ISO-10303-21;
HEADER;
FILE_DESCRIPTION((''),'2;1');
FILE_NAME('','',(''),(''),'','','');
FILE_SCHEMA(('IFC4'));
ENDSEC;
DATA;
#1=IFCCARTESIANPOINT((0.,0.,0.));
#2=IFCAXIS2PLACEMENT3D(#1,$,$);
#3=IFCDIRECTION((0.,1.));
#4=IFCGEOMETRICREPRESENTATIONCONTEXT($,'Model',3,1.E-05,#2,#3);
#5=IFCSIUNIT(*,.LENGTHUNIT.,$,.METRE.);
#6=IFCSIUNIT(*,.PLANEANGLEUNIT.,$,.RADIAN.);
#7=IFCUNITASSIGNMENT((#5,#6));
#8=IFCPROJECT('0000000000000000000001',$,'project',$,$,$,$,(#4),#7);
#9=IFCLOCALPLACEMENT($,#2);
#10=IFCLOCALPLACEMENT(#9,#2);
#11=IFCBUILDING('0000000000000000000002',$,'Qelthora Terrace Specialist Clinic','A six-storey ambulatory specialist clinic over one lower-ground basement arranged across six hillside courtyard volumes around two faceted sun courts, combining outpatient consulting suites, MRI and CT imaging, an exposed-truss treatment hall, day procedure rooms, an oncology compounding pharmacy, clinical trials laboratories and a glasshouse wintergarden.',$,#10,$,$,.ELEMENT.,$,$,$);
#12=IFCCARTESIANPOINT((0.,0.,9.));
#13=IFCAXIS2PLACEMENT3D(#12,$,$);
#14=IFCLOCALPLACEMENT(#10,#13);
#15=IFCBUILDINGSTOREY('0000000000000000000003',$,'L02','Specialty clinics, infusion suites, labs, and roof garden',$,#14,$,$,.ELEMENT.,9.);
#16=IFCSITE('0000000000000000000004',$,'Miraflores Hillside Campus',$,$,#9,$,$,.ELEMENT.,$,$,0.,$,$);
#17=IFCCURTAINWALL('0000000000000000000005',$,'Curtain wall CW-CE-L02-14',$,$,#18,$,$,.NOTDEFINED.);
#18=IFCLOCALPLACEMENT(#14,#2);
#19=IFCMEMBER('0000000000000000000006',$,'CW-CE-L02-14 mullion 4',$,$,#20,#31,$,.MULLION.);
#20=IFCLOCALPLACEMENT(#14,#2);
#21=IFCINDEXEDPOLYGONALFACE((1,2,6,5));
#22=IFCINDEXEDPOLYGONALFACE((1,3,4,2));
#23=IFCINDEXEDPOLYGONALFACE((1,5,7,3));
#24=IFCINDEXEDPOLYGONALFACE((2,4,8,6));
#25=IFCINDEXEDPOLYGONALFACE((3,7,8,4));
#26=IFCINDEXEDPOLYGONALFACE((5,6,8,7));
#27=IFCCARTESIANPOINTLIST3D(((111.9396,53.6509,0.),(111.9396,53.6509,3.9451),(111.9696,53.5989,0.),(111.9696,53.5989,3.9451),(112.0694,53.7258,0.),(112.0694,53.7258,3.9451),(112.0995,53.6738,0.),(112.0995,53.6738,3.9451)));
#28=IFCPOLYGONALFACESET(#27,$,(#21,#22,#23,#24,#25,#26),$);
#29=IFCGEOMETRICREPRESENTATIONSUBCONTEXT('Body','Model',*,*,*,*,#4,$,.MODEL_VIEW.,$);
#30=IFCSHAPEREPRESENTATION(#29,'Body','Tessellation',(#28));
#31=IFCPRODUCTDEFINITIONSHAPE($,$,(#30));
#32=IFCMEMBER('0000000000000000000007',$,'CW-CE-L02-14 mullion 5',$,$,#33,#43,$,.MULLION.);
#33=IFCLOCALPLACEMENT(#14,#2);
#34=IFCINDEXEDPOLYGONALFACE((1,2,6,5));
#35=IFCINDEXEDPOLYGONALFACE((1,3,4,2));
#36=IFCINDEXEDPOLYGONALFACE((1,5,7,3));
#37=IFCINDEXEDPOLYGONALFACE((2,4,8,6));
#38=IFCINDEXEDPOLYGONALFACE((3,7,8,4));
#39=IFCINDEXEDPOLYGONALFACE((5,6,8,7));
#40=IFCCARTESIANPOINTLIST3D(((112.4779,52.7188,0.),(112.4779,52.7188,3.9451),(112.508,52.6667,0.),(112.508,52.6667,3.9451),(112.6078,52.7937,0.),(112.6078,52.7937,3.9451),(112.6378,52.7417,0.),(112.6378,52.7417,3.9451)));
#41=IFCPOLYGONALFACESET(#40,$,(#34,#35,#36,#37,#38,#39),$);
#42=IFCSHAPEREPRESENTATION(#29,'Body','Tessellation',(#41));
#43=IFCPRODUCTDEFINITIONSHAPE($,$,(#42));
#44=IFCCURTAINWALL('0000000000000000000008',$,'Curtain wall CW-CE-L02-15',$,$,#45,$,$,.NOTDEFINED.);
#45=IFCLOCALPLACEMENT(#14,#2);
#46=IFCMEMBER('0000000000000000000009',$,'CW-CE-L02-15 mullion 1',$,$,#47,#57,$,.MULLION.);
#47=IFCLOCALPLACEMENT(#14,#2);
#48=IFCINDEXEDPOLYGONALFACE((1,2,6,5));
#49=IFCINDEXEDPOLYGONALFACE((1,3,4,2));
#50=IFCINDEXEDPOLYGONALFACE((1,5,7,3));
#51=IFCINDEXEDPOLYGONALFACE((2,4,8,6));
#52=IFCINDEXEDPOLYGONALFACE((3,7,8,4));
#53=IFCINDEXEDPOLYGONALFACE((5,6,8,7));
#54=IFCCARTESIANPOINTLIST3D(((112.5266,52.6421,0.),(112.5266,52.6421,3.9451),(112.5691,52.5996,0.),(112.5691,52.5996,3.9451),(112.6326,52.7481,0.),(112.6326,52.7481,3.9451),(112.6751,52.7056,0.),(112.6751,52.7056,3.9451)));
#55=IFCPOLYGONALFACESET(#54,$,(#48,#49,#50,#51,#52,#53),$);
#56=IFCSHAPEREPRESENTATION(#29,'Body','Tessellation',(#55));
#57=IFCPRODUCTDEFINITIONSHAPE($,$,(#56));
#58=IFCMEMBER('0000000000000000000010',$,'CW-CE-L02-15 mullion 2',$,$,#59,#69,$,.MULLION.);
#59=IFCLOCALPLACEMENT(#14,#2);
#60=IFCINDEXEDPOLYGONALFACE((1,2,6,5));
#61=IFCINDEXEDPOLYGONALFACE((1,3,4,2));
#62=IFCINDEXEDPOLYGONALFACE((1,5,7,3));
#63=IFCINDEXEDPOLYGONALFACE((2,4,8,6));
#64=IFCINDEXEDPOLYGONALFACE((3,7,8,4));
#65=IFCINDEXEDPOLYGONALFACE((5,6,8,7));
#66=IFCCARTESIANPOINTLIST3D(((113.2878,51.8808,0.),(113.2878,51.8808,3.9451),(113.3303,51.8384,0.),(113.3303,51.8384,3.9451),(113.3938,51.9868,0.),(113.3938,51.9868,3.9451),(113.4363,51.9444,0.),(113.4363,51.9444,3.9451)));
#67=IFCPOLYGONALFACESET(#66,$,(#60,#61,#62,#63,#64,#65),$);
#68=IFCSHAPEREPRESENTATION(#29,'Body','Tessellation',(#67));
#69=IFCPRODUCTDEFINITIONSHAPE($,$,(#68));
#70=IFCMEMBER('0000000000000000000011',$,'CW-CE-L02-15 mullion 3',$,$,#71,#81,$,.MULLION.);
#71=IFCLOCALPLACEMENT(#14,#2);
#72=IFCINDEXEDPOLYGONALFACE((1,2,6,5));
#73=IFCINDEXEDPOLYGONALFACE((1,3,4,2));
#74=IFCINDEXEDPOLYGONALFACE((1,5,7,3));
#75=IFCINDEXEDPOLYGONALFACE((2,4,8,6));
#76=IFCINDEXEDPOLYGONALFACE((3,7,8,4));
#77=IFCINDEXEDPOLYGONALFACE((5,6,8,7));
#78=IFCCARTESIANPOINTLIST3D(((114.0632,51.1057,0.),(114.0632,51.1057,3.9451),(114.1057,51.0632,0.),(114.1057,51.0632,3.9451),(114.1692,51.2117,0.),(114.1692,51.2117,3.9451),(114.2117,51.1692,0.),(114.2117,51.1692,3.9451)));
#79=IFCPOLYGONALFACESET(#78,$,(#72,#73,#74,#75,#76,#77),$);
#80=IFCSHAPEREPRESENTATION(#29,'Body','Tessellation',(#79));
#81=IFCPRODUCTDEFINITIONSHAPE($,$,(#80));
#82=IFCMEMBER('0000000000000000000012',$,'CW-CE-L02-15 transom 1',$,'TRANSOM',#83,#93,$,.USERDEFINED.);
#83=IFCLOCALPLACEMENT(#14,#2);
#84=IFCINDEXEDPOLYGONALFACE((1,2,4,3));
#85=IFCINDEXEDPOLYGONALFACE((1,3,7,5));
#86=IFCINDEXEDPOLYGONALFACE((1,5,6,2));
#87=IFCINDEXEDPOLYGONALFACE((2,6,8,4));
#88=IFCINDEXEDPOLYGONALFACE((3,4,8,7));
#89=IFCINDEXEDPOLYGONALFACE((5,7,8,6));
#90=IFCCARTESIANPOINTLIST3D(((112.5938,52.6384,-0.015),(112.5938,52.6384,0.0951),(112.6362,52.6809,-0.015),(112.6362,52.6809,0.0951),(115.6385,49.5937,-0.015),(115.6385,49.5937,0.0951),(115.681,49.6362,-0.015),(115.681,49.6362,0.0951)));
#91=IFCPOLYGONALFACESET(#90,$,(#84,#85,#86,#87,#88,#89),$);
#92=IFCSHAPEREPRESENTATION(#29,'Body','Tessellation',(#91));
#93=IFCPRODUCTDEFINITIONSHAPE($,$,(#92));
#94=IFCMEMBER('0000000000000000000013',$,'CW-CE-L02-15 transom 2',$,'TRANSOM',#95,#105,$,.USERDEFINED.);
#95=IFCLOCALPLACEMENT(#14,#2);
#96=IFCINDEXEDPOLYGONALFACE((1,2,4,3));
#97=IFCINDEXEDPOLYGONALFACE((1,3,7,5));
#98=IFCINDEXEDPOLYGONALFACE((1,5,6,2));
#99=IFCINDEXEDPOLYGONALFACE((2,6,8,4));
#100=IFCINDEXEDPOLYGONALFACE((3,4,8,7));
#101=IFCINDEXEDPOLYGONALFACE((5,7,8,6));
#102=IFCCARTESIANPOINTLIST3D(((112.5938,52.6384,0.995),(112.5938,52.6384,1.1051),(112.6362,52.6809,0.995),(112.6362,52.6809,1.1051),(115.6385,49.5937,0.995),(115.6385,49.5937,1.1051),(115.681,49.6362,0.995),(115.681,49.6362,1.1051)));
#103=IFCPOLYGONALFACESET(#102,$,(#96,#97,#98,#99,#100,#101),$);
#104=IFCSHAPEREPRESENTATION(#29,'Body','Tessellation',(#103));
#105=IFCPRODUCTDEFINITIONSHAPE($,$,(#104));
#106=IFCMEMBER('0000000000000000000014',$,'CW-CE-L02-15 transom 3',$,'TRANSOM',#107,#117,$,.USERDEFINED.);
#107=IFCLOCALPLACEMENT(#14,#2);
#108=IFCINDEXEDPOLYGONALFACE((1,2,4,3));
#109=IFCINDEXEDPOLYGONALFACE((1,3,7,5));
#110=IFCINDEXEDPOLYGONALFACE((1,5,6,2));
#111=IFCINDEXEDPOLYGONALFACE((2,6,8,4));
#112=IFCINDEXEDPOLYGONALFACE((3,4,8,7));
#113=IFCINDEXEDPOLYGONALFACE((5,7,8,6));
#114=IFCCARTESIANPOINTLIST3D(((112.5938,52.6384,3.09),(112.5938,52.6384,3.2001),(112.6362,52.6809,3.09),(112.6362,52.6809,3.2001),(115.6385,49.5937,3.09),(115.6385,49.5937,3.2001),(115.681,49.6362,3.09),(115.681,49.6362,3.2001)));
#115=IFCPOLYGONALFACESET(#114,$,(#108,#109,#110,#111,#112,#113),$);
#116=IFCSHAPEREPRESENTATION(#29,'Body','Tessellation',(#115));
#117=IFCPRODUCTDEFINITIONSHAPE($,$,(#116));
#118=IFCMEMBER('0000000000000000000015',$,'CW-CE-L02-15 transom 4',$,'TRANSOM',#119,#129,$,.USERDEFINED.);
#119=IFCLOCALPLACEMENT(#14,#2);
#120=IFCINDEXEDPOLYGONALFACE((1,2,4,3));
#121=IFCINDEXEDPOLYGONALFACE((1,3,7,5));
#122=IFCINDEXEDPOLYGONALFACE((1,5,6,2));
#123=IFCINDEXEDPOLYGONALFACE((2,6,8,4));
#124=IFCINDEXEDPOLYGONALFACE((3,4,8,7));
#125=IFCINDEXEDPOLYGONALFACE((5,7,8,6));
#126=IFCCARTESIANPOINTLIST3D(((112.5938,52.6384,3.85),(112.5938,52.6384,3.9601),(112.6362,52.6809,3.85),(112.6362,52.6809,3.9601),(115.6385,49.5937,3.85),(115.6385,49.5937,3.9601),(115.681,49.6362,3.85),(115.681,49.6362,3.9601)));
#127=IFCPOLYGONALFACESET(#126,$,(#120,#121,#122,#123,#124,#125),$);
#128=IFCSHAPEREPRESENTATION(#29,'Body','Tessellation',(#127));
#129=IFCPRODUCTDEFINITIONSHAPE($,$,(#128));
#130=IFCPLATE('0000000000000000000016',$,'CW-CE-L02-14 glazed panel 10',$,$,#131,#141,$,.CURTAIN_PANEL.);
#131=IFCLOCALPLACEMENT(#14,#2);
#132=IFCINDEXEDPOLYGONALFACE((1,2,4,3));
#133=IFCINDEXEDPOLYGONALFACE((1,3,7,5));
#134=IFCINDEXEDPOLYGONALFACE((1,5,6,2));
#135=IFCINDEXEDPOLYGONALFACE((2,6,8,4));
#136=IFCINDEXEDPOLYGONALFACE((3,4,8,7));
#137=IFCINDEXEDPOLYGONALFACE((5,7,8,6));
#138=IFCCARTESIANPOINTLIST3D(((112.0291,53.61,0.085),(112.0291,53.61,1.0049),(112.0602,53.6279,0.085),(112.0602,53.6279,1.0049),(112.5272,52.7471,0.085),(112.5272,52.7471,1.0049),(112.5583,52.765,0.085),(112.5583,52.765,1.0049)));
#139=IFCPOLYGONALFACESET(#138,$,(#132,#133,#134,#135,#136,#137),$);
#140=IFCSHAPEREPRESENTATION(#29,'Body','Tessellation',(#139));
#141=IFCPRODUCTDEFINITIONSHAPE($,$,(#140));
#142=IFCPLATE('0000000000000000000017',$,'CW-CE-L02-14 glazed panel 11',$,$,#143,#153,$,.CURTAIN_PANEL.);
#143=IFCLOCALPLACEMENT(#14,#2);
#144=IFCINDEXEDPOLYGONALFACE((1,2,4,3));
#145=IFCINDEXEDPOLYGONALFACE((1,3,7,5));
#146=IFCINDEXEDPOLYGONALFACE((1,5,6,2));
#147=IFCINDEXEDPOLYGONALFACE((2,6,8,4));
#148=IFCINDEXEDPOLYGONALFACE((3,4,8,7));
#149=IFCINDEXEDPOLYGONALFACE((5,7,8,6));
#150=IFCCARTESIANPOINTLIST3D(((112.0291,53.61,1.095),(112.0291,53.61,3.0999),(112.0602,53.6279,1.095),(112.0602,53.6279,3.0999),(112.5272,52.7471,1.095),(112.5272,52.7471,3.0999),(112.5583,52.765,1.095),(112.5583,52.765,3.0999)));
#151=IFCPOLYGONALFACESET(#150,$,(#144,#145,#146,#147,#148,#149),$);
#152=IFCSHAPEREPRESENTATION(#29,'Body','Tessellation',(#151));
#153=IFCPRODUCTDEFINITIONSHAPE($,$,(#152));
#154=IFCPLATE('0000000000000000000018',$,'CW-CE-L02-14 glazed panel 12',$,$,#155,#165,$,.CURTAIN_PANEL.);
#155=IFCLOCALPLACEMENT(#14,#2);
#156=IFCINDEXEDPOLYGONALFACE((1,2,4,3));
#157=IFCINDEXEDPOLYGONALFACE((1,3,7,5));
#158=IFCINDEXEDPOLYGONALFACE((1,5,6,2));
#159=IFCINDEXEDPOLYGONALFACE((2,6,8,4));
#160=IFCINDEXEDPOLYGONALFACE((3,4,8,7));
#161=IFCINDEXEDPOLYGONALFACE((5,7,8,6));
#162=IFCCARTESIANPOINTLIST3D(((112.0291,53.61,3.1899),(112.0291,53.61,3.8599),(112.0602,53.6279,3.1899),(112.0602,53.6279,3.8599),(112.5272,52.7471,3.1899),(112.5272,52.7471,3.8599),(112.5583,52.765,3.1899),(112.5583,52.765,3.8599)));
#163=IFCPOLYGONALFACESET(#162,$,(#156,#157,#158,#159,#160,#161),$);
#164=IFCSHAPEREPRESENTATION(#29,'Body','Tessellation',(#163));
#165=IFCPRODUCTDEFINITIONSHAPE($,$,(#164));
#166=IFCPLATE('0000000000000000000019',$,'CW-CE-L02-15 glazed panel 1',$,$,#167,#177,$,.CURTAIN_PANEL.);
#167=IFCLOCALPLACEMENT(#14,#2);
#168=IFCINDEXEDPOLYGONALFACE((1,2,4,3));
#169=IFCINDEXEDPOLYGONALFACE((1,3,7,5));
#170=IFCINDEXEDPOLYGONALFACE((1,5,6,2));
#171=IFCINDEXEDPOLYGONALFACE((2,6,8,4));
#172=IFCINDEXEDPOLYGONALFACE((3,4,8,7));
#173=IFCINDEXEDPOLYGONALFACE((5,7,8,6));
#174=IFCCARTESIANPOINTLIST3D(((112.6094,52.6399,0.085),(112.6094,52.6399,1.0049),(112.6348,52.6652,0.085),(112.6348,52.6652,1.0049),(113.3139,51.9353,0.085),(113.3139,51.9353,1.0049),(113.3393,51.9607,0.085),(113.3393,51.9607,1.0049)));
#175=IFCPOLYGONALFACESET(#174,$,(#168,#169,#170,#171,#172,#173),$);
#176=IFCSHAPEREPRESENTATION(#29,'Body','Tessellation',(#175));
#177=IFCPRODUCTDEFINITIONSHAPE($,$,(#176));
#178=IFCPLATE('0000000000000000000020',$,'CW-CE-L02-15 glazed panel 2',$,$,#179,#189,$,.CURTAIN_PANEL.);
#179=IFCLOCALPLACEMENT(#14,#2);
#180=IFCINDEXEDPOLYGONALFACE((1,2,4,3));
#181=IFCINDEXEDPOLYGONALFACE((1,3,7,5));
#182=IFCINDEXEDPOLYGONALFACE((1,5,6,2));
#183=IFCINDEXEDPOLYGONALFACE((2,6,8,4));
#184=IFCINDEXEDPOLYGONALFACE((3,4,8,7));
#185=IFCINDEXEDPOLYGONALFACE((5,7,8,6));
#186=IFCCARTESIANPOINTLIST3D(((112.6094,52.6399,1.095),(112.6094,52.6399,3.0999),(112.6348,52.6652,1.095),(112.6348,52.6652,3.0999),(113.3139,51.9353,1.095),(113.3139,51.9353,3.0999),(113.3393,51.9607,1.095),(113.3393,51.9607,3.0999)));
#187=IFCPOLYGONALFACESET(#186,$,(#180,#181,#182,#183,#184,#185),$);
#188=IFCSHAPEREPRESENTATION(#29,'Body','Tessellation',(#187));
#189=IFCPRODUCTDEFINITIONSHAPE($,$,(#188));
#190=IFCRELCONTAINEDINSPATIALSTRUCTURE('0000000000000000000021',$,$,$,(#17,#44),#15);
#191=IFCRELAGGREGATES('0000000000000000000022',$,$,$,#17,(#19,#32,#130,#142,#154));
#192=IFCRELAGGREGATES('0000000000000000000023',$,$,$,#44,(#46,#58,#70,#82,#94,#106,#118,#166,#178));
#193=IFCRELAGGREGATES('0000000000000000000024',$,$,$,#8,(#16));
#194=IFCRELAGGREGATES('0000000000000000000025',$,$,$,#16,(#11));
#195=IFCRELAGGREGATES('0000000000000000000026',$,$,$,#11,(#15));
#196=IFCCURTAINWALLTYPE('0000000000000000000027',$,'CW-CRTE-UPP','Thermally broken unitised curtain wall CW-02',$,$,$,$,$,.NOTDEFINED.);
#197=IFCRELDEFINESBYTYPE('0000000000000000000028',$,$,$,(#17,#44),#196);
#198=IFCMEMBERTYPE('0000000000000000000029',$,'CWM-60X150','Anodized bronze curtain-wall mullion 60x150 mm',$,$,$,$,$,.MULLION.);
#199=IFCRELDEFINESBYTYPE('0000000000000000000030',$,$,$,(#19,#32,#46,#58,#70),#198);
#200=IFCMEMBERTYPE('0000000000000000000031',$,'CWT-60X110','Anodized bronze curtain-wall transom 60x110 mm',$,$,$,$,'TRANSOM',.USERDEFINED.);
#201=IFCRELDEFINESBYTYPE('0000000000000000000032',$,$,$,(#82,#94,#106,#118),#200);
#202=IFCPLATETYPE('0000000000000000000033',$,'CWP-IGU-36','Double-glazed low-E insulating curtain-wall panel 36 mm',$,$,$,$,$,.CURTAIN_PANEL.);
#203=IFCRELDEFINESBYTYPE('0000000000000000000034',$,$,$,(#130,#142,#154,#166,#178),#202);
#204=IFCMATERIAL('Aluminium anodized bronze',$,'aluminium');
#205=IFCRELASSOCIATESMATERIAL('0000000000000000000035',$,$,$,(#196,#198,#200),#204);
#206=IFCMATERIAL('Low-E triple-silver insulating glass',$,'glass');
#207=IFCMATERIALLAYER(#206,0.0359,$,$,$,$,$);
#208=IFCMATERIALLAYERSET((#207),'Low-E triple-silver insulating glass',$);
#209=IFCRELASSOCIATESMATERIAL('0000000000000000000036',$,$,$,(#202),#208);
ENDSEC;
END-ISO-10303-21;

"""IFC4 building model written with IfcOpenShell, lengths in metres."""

from ifc_helpers import new_model, si_unit, direction, frame, origin, origin_2d, place, context, subcontext, project, spatial, rectangle, extrude, material, layer, layer_set, material_profile, profile_set, type_object, element, aggregate, save


model = new_model("IFC4")

# Units and contexts
model_context = context("Model", 3, precision=1e-05, world=origin(), true_north=direction((0.0, 1.0)))
body_context = subcontext(model_context, "Body", "Model", "MODEL_VIEW")
ifc_project = project(units=[si_unit("LENGTHUNIT", "METRE"), si_unit("PLANEANGLEUNIT", "RADIAN")], contexts=[model_context])

# Site, building, storey
site_placement = place(None, origin())
site = spatial("IfcSite", under=ifc_project, at=site_placement, Name="Miraflores Hillside Campus", CompositionType="ELEMENT", RefElevation=0.0)
building_placement = place(site_placement, origin())
building = spatial("IfcBuilding", under=site, at=building_placement, Name="Qelthora Terrace Specialist Clinic", Description="A six-storey ambulatory specialist clinic over one lower-ground basement arranged across six hillside courtyard volumes around two faceted sun courts, combining outpatient consulting suites, MRI and CT imaging, an exposed-truss treatment hall, day procedure rooms, an oncology compounding pharmacy, clinical trials laboratories and a glasshouse wintergarden.", CompositionType="ELEMENT")
storey_placement = place(building_placement, frame((0.0, 0.0, 9.0)))
storey = spatial("IfcBuildingStorey", under=building, at=storey_placement, Name="L02", Description="Specialty clinics, infusion suites, labs, and roof garden", CompositionType="ELEMENT", Elevation=9.0)

# Curtain walls, members
ifc_material_1 = material(Name="Aluminium anodized bronze", Category="aluminium")
curtain_wall_type = type_object("IfcCurtainWallType", Name="CW-CRTE-UPP", Description="Thermally broken unitised curtain wall CW-02", PredefinedType="NOTDEFINED", material=ifc_material_1)
curtain_wall_1_placement = place(storey_placement, origin())
curtain_wall_1 = element("IfcCurtainWall", 1, at=curtain_wall_1_placement, inside=storey, type_object=curtain_wall_type, Name="Curtain wall CW-CE-L02-14", PredefinedType="NOTDEFINED")
ifc_material_profile_1 = material_profile(ifc_material_1, rectangle(XDim=0.0601, YDim=0.1499, at=origin_2d()), Name="CWM60X150")
ifc_profile_set_1 = profile_set([ifc_material_profile_1], Name="Aluminium anodized bronze")
member_type_1 = type_object("IfcMemberType", Name="CWM-60X150", Description="Anodized bronze curtain-wall mullion 60x150 mm", PredefinedType="MULLION", material=ifc_profile_set_1)
member_1_placement = place(storey_placement, frame((112.0195, 53.6624, 0.0), z_axis=(0.0, 0.0, 1.0), x_axis=(0.5, -0.866025, 0.0)))
member_1 = element("IfcMember", 2, at=member_1_placement, type_object=member_type_1, Name="CW-CE-L02-14 mullion 4", PredefinedType="MULLION", context=body_context, shape_type="SweptSolid", body=[
    extrude(rectangle(XDim=0.0601, YDim=0.1499, at=origin_2d()), origin(), (0.0, 0.0, 1.0), 3.9451),
])
member_2_placement = place(storey_placement, frame((112.5579, 52.7302, 0.0), z_axis=(0.0, 0.0, 1.0), x_axis=(0.5, -0.866025, 0.0)))
member_2 = element("IfcMember", 3, at=member_2_placement, type_object=member_type_1, Name="CW-CE-L02-14 mullion 5", PredefinedType="MULLION", context=body_context, shape_type="SweptSolid", body=[
    extrude(rectangle(XDim=0.0601, YDim=0.1499, at=origin_2d()), origin(), (0.0, 0.0, 1.0), 3.9451),
])
curtain_wall_2_placement = place(storey_placement, origin())
curtain_wall_2 = element("IfcCurtainWall", 4, at=curtain_wall_2_placement, inside=storey, type_object=curtain_wall_type, Name="Curtain wall CW-CE-L02-15", PredefinedType="NOTDEFINED")
member_3_placement = place(storey_placement, frame((112.6008, 52.6738, 0.0), z_axis=(0.0, 0.0, 1.0), x_axis=(0.707107, -0.707107, 0.0)))
member_3 = element("IfcMember", 5, at=member_3_placement, type_object=member_type_1, Name="CW-CE-L02-15 mullion 1", PredefinedType="MULLION", context=body_context, shape_type="SweptSolid", body=[
    extrude(rectangle(XDim=0.0601, YDim=0.1499, at=origin_2d()), origin(), (0.0, 0.0, 1.0), 3.9451),
])
member_4_placement = place(storey_placement, frame((113.3621, 51.9126, 0.0), z_axis=(0.0, 0.0, 1.0), x_axis=(0.707107, -0.707107, 0.0)))
member_4 = element("IfcMember", 6, at=member_4_placement, type_object=member_type_1, Name="CW-CE-L02-15 mullion 2", PredefinedType="MULLION", context=body_context, shape_type="SweptSolid", body=[
    extrude(rectangle(XDim=0.0601, YDim=0.1499, at=origin_2d()), origin(), (0.0, 0.0, 1.0), 3.9451),
])
member_5_placement = place(storey_placement, frame((114.1375, 51.1375, 0.0), z_axis=(0.0, 0.0, 1.0), x_axis=(0.707107, -0.707107, 0.0)))
member_5 = element("IfcMember", 7, at=member_5_placement, type_object=member_type_1, Name="CW-CE-L02-15 mullion 3", PredefinedType="MULLION", context=body_context, shape_type="SweptSolid", body=[
    extrude(rectangle(XDim=0.0601, YDim=0.1499, at=origin_2d()), origin(), (0.0, 0.0, 1.0), 3.9451),
])
ifc_material_profile_2 = material_profile(ifc_material_1, rectangle(XDim=0.0601, YDim=0.1101, at=origin_2d()), Name="CWT60X110")
ifc_profile_set_2 = profile_set([ifc_material_profile_2], Name="Aluminium anodized bronze")
member_type_2 = type_object("IfcMemberType", Name="CWT-60X110", Description="Anodized bronze curtain-wall transom 60x110 mm", ElementType="TRANSOM", PredefinedType="USERDEFINED", material=ifc_profile_set_2)
member_6_placement = place(storey_placement, frame((112.615, 52.6597, 0.04), z_axis=(0.707107, -0.707107, 0.0), x_axis=(0.707107, 0.707107, 0.0)))
member_6 = element("IfcMember", 8, at=member_6_placement, type_object=member_type_2, Name="CW-CE-L02-15 transom 1", ObjectType="TRANSOM", PredefinedType="USERDEFINED", context=body_context, shape_type="SweptSolid", body=[
    extrude(rectangle(XDim=0.0601, YDim=0.1101, at=origin_2d()), origin(), (0.0, 0.0, 1.0), 4.3059),
])
member_7_placement = place(storey_placement, frame((112.615, 52.6597, 1.05), z_axis=(0.707107, -0.707107, 0.0), x_axis=(0.707107, 0.707107, 0.0)))
member_7 = element("IfcMember", 9, at=member_7_placement, type_object=member_type_2, Name="CW-CE-L02-15 transom 2", ObjectType="TRANSOM", PredefinedType="USERDEFINED", context=body_context, shape_type="SweptSolid", body=[
    extrude(rectangle(XDim=0.0601, YDim=0.1101, at=origin_2d()), origin(), (0.0, 0.0, 1.0), 4.3059),
])
member_8_placement = place(storey_placement, frame((112.615, 52.6597, 3.145), z_axis=(0.707107, -0.707107, 0.0), x_axis=(0.707107, 0.707107, 0.0)))
member_8 = element("IfcMember", 10, at=member_8_placement, type_object=member_type_2, Name="CW-CE-L02-15 transom 3", ObjectType="TRANSOM", PredefinedType="USERDEFINED", context=body_context, shape_type="SweptSolid", body=[
    extrude(rectangle(XDim=0.0601, YDim=0.1101, at=origin_2d()), origin(), (0.0, 0.0, 1.0), 4.3059),
])
member_9_placement = place(storey_placement, frame((112.615, 52.6597, 3.905), z_axis=(0.707107, -0.707107, 0.0), x_axis=(0.707107, 0.707107, 0.0)))
member_9 = element("IfcMember", 11, at=member_9_placement, type_object=member_type_2, Name="CW-CE-L02-15 transom 4", ObjectType="TRANSOM", PredefinedType="USERDEFINED", context=body_context, shape_type="SweptSolid", body=[
    extrude(rectangle(XDim=0.0601, YDim=0.1101, at=origin_2d()), origin(), (0.0, 0.0, 1.0), 4.3059),
])

# Plates
ifc_material_2 = material(Name="Low-E triple-silver insulating glass", Category="glass")
ifc_layer = layer(ifc_material_2, 0.0359)
ifc_layer_set = layer_set([ifc_layer], Name="Low-E triple-silver insulating glass")
plate_type = type_object("IfcPlateType", Name="CWP-IGU-36", Description="Double-glazed low-E insulating curtain-wall panel 36 mm", PredefinedType="CURTAIN_PANEL", material=ifc_layer_set)
plate_1_placement = place(storey_placement, frame((112.2937, 53.1875, 0.085), z_axis=(0.0, 0.0, 1.0), x_axis=(0.5, -0.866025, 0.0)))
plate_1 = element("IfcPlate", 12, at=plate_1_placement, type_object=plate_type, Name="CW-CE-L02-14 glazed panel 10", PredefinedType="CURTAIN_PANEL", context=body_context, shape_type="SweptSolid", body=[
    extrude(rectangle(XDim=0.9963, YDim=0.0359, at=origin_2d()), origin(), (0.0, 0.0, 1.0), 0.9199),
])
plate_2_placement = place(storey_placement, frame((112.2937, 53.1875, 1.095), z_axis=(0.0, 0.0, 1.0), x_axis=(0.5, -0.866025, 0.0)))
plate_2 = element("IfcPlate", 13, at=plate_2_placement, type_object=plate_type, Name="CW-CE-L02-14 glazed panel 11", PredefinedType="CURTAIN_PANEL", context=body_context, shape_type="SweptSolid", body=[
    extrude(rectangle(XDim=0.9963, YDim=0.0359, at=origin_2d()), origin(), (0.0, 0.0, 1.0), 2.0049),
])
plate_3_placement = place(storey_placement, frame((112.2937, 53.1875, 3.1899), z_axis=(0.0, 0.0, 1.0), x_axis=(0.5, -0.866025, 0.0)))
plate_3 = element("IfcPlate", 14, at=plate_3_placement, type_object=plate_type, Name="CW-CE-L02-14 glazed panel 12", PredefinedType="CURTAIN_PANEL", context=body_context, shape_type="SweptSolid", body=[
    extrude(rectangle(XDim=0.9963, YDim=0.0359, at=origin_2d()), origin(), (0.0, 0.0, 1.0), 0.6699),
])
aggregate(curtain_wall_1, [member_1, member_2, plate_1, plate_2, plate_3])
plate_4_placement = place(storey_placement, frame((112.9744, 52.3003, 0.085), z_axis=(0.0, 0.0, 1.0), x_axis=(0.707107, -0.707107, 0.0)))
plate_4 = element("IfcPlate", 15, at=plate_4_placement, type_object=plate_type, Name="CW-CE-L02-15 glazed panel 1", PredefinedType="CURTAIN_PANEL", context=body_context, shape_type="SweptSolid", body=[
    extrude(rectangle(XDim=0.9963, YDim=0.0359, at=origin_2d()), origin(), (0.0, 0.0, 1.0), 0.9199),
])
plate_5_placement = place(storey_placement, frame((112.9744, 52.3003, 1.095), z_axis=(0.0, 0.0, 1.0), x_axis=(0.707107, -0.707107, 0.0)))
plate_5 = element("IfcPlate", 16, at=plate_5_placement, type_object=plate_type, Name="CW-CE-L02-15 glazed panel 2", PredefinedType="CURTAIN_PANEL", context=body_context, shape_type="SweptSolid", body=[
    extrude(rectangle(XDim=0.9963, YDim=0.0359, at=origin_2d()), origin(), (0.0, 0.0, 1.0), 2.0049),
])
aggregate(curtain_wall_2, [member_3, member_4, member_5, member_6, member_7, member_8, member_9, plate_4, plate_5])

save(model, "model.ifc")
